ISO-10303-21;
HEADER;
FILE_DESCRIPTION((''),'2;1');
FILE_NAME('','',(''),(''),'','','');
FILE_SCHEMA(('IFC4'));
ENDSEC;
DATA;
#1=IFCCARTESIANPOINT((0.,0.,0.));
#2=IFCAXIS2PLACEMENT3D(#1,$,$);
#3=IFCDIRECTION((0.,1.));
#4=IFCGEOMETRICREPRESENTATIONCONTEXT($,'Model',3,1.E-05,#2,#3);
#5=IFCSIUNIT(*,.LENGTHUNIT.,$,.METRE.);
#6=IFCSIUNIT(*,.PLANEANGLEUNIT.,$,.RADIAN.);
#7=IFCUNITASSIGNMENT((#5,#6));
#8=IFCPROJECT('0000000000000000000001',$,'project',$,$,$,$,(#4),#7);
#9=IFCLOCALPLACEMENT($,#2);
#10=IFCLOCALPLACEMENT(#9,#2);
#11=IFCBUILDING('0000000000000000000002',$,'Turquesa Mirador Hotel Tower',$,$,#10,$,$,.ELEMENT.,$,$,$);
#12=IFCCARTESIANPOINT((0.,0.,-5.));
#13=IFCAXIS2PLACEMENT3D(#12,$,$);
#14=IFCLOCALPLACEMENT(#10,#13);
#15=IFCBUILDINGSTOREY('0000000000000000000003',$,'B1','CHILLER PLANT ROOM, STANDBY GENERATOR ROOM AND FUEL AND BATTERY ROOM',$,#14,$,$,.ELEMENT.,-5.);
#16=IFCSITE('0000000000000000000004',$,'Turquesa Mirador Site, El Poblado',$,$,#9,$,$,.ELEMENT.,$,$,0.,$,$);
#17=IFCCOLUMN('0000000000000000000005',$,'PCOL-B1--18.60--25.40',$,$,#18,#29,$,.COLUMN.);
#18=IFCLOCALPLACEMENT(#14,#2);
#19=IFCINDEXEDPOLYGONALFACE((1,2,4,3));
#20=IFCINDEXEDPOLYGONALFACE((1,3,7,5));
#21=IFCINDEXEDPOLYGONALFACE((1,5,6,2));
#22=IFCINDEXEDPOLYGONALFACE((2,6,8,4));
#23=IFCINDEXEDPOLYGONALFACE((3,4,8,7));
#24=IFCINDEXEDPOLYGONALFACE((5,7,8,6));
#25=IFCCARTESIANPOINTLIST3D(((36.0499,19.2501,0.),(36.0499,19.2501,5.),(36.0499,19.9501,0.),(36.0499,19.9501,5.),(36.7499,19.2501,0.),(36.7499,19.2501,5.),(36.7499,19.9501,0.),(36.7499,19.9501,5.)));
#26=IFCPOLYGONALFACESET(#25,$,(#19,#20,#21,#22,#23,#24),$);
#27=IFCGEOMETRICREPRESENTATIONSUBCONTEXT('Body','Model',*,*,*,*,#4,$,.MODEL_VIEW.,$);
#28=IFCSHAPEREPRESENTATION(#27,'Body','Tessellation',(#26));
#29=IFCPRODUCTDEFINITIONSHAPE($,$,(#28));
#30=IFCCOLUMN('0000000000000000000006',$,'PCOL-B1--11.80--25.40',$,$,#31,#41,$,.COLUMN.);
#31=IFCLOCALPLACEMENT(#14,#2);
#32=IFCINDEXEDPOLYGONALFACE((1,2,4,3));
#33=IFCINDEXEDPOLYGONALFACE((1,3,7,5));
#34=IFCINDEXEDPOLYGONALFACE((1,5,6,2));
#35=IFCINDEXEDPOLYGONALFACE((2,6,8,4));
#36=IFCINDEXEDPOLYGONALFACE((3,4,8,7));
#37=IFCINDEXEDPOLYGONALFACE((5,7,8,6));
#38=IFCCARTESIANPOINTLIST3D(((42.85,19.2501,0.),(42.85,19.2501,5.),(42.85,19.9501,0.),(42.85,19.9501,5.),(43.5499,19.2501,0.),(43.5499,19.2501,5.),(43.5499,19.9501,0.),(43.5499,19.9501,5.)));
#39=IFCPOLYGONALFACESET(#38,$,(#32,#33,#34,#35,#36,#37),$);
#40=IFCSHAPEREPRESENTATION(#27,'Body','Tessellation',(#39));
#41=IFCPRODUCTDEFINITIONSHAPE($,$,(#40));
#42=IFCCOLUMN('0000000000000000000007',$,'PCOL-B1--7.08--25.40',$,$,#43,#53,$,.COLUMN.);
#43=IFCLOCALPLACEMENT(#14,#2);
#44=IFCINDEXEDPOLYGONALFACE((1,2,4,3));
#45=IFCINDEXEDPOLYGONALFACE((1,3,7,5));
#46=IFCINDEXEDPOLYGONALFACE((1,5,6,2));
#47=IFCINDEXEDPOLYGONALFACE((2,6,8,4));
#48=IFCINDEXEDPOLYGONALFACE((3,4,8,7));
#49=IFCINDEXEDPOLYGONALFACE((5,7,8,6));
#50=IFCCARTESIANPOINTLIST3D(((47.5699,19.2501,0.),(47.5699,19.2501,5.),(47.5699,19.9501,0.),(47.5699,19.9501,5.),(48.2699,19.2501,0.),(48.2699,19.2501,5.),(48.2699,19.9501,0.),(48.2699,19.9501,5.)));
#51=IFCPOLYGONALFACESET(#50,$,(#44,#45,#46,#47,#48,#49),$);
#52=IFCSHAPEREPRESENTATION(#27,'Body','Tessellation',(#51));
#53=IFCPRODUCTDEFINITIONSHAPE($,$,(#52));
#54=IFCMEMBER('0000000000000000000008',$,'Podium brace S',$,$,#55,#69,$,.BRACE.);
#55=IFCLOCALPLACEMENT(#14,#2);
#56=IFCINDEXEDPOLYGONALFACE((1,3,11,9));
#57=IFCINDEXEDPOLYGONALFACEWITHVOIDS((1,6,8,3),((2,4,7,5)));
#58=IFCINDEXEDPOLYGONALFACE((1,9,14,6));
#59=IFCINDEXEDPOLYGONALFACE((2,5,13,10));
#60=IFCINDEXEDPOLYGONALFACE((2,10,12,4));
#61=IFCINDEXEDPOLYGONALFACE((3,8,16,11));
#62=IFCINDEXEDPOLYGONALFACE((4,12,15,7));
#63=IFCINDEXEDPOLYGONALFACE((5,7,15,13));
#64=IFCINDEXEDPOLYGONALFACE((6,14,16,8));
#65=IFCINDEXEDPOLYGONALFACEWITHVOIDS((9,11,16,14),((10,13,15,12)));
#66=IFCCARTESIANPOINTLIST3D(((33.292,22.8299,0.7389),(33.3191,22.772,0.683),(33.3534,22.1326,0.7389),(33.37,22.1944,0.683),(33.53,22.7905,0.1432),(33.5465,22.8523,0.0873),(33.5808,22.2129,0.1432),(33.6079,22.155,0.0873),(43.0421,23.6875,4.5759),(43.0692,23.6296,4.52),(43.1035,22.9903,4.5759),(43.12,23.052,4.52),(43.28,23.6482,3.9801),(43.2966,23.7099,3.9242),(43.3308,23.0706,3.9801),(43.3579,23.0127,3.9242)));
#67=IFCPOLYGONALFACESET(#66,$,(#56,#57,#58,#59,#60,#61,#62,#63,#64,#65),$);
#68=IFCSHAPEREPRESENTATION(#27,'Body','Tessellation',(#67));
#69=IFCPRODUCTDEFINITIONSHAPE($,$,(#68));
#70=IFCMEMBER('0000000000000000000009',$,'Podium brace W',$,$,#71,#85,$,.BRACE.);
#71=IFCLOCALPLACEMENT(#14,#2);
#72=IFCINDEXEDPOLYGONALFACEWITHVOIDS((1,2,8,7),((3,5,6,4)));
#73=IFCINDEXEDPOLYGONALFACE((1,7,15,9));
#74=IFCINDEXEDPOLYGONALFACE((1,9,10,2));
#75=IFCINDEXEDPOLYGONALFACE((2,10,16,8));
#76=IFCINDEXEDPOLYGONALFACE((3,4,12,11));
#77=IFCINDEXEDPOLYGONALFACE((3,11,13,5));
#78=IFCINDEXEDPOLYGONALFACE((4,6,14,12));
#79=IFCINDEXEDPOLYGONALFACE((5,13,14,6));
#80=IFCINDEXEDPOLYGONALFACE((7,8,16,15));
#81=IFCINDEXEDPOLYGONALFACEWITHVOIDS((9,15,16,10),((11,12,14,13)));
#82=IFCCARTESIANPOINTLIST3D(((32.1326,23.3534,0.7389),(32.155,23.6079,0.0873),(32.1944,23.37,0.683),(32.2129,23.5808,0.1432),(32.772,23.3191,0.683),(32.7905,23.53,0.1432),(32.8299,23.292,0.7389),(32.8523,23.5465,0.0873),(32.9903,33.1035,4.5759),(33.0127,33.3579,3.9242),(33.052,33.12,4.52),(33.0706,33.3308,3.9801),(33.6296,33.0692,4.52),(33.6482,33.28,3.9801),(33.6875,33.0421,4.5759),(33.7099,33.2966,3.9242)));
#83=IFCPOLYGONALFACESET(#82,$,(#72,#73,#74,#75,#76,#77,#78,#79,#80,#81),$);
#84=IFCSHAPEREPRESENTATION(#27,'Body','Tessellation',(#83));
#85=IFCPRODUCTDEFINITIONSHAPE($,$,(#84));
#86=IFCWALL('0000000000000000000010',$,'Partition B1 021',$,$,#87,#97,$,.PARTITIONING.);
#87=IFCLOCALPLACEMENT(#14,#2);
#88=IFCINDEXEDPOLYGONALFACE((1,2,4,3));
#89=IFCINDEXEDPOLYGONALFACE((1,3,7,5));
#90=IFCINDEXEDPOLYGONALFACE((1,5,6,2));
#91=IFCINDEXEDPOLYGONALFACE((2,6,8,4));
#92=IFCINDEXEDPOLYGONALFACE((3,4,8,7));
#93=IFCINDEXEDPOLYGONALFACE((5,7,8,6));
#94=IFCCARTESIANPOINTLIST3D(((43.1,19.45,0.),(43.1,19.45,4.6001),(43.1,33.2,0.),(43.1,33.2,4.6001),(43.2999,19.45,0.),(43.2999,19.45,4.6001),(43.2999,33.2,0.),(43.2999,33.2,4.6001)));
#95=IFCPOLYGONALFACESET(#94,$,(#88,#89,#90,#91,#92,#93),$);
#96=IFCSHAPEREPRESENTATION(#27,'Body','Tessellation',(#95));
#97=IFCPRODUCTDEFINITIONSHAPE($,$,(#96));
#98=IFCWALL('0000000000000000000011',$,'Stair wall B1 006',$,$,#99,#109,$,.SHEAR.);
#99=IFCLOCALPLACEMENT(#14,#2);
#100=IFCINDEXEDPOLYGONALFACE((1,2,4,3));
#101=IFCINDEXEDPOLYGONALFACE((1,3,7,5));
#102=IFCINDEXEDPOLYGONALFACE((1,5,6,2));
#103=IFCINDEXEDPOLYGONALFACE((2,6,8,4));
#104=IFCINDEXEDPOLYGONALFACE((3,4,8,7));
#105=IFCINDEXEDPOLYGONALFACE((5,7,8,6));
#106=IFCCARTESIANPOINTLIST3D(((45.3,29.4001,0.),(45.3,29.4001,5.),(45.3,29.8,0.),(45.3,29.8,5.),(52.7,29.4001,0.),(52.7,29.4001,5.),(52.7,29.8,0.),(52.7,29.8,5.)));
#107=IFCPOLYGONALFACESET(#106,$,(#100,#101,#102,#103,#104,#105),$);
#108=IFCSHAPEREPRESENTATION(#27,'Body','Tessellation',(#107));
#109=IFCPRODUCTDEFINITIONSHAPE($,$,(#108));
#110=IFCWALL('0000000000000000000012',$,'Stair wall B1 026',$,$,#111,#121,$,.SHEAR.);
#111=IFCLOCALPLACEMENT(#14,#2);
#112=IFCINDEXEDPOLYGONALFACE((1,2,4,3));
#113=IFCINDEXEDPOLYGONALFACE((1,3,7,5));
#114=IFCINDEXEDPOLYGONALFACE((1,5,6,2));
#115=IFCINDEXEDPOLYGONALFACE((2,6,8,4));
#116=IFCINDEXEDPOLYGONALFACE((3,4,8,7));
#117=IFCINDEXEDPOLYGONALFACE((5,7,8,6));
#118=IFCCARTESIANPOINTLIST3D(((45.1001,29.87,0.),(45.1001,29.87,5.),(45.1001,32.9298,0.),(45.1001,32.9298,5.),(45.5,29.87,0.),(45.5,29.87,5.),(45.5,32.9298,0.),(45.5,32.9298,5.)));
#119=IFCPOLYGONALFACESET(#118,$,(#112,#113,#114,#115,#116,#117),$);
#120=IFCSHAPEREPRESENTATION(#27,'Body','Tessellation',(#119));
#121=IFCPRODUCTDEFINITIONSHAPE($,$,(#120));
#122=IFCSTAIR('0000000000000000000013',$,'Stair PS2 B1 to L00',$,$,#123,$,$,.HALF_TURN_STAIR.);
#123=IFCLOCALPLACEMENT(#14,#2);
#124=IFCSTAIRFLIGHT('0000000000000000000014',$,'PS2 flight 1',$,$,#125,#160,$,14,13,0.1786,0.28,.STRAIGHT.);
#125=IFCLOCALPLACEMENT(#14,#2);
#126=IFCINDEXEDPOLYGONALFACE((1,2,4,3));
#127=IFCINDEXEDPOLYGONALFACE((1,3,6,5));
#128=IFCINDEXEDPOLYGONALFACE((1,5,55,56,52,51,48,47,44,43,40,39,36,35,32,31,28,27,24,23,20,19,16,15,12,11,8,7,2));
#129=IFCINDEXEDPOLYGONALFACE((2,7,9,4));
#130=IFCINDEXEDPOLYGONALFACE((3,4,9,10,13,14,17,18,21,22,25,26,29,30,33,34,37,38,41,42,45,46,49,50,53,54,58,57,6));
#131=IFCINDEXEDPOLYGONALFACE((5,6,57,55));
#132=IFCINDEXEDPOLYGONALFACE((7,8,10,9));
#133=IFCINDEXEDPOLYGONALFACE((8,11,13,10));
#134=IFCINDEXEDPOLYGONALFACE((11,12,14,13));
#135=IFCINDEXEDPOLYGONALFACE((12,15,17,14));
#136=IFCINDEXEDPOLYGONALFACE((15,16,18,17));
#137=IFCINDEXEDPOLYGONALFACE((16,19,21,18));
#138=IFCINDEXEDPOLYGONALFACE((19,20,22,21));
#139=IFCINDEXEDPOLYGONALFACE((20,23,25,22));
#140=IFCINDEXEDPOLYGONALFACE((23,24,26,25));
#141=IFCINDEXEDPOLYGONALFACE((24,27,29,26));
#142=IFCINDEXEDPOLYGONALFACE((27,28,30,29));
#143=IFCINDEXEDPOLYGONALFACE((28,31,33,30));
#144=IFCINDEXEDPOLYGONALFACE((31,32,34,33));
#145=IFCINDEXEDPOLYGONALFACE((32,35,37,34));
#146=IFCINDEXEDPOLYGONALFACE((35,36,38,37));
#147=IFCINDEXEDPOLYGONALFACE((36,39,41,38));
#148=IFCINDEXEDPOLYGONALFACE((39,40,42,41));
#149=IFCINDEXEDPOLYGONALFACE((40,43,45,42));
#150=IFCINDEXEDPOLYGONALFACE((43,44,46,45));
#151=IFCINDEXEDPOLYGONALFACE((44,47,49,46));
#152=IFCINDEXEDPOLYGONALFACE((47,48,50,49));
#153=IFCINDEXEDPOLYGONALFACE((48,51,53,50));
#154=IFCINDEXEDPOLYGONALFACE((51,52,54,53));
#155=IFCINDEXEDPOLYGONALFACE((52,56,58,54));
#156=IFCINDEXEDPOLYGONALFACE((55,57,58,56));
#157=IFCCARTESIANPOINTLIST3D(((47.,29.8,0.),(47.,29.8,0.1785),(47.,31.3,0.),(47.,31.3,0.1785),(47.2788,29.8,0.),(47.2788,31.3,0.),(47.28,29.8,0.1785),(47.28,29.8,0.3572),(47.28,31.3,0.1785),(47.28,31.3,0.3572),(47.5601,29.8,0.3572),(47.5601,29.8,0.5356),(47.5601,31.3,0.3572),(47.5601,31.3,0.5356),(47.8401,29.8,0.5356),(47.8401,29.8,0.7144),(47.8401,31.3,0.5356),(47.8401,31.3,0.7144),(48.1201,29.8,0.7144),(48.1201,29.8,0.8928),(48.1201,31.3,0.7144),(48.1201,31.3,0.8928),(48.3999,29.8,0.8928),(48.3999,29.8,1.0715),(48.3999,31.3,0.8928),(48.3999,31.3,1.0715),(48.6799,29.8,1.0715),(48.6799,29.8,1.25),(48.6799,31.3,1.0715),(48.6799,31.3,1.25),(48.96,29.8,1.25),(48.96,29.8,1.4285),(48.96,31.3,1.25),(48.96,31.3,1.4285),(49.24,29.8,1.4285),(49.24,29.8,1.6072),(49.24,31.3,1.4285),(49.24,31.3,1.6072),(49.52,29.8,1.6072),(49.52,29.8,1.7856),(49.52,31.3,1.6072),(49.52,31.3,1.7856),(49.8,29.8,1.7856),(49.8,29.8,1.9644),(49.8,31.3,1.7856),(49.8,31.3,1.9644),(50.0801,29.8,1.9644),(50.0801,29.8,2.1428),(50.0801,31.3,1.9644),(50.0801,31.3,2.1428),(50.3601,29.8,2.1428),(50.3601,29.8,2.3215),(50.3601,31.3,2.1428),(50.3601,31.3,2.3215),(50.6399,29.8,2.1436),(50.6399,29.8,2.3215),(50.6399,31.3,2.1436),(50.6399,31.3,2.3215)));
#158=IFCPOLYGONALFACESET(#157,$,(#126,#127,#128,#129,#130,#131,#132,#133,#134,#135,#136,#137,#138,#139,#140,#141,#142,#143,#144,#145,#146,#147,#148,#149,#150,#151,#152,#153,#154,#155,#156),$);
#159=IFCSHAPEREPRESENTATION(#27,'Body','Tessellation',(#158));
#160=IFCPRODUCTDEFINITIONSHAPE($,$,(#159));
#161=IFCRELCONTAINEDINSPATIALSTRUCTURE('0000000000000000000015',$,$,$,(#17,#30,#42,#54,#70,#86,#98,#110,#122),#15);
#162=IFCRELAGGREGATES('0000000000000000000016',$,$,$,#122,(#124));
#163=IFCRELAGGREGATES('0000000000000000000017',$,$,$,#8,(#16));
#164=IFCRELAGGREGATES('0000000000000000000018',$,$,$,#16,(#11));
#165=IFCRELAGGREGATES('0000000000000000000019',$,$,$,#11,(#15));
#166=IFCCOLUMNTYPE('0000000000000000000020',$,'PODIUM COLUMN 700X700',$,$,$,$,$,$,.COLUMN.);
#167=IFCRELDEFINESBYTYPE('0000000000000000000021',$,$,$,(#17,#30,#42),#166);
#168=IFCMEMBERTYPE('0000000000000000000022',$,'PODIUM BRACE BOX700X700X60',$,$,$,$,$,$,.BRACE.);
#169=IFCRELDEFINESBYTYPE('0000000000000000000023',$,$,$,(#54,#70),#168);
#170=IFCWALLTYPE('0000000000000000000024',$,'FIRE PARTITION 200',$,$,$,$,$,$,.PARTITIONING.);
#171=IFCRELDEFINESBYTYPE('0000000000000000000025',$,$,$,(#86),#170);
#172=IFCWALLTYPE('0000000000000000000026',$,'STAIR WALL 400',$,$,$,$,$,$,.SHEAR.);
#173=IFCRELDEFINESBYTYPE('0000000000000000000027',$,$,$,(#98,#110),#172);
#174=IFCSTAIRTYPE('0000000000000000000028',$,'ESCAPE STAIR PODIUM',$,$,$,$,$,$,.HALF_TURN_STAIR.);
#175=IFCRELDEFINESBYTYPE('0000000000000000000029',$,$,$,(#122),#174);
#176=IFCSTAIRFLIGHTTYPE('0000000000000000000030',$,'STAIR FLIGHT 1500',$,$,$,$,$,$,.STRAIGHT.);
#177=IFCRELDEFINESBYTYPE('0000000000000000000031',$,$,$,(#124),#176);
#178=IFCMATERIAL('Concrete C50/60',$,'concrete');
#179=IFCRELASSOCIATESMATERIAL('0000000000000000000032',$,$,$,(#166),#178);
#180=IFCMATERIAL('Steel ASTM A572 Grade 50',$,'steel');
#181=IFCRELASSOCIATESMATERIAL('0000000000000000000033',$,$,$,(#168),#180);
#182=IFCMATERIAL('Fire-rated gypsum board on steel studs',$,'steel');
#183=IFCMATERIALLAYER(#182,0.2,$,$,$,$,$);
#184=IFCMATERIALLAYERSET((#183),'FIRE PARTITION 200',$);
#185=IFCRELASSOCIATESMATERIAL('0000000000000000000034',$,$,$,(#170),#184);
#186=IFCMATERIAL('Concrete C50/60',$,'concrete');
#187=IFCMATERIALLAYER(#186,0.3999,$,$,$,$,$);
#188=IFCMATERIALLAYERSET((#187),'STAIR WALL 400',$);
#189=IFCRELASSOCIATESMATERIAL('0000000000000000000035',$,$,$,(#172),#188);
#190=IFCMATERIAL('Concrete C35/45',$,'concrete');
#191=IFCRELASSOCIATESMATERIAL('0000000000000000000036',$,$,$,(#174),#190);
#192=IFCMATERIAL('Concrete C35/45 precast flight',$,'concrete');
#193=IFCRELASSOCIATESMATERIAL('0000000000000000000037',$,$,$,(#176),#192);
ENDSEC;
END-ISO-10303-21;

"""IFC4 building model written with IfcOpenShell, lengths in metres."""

from ifc_helpers import new_model, si_unit, direction, frame, frame_2d, origin, origin_2d, place, context, subcontext, project, spatial, polyline, rectangle, hollow_rectangle, outline, extrude, material, layer, layer_set, material_profile, profile_set, type_object, element, aggregate, save


model = new_model("IFC4")

# Units and contexts
model_context = context("Model", 3, precision=1e-05, world=origin(), true_north=direction((0.0, 1.0)))
body_context = subcontext(model_context, "Body", "Model", "MODEL_VIEW")
ifc_project = project(units=[si_unit("LENGTHUNIT", "METRE"), si_unit("PLANEANGLEUNIT", "RADIAN")], contexts=[model_context])

# Site, building, storey
site_placement = place(None, origin())
site = spatial("IfcSite", under=ifc_project, at=site_placement, Name="Turquesa Mirador Site, El Poblado", CompositionType="ELEMENT", RefElevation=0.0)
building_placement = place(site_placement, origin())
building = spatial("IfcBuilding", under=site, at=building_placement, Name="Turquesa Mirador Hotel Tower", CompositionType="ELEMENT")
storey_placement = place(building_placement, frame((0.0, 0.0, -5.0)))
storey = spatial("IfcBuildingStorey", under=building, at=storey_placement, Name="B1", Description="CHILLER PLANT ROOM, STANDBY GENERATOR ROOM AND FUEL AND BATTERY ROOM", CompositionType="ELEMENT", Elevation=-5.0)

# Columns
ifc_material_1 = material(Name="Concrete C50/60", Category="concrete")
ifc_material_profile_1 = material_profile(ifc_material_1, rectangle(XDim=0.7, YDim=0.7, at=origin_2d()), Name="RC 700X700")
ifc_profile_set_1 = profile_set([ifc_material_profile_1], Name="Concrete C50/60")
column_type_1 = type_object("IfcColumnType", Name="PODIUM COLUMN 700X700", PredefinedType="COLUMN", material=ifc_profile_set_1)
for number, where, z_axis, x_axis, name in (
    (1, (36.3999, 19.6001, 0.0), (0.0, 0.0, 1.0), (1.0, 0.0, 0.0), "PCOL-B1--18.60--25.40"),
    (2, (43.2, 19.6001, 0.0), (0.0, 0.0, 1.0), (1.0, 0.0, 0.0), "PCOL-B1--11.80--25.40"),
    (3, (47.9199, 19.6001, 0.0), (0.0, 0.0, 1.0), (1.0, 0.0, 0.0), "PCOL-B1--7.08--25.40"),
):
    element("IfcColumn", number, at=place(storey_placement, frame(where, z_axis=z_axis, x_axis=x_axis)), inside=storey, type_object=column_type_1, Name=name, PredefinedType="COLUMN", context=body_context, shape_type="SweptSolid", body=[
        extrude(rectangle(XDim=0.7, YDim=0.7, at=origin_2d()), origin(), (0.0, 0.0, 1.0), 5.0),
    ])

# Members
ifc_material_2 = material(Name="Steel ASTM A572 Grade 50", Category="steel")
ifc_material_profile_2 = material_profile(ifc_material_2, hollow_rectangle(XDim=0.7, YDim=0.7, WallThickness=0.0601, at=origin_2d()), Name="BOX700X700X60")
ifc_profile_set_2 = profile_set([ifc_material_profile_2], Name="Steel ASTM A572 Grade 50")
member_type = type_object("IfcMemberType", Name="PODIUM BRACE BOX700X700X60", PredefinedType="BRACE", material=ifc_profile_set_2)
for number, where, z_axis, x_axis, name in (
    (4, (33.45, 22.4924, 0.4131), (0.927436, 0.081583, 0.364974), (-0.087627, 0.996153, 0.0), "Podium brace S"),
    (5, (32.4924, 23.45, 0.4131), (0.081583, 0.927436, 0.364974), (-0.996153, 0.087627, 0.0), "Podium brace W"),
):
    element("IfcMember", number, at=place(storey_placement, frame(where, z_axis=z_axis, x_axis=x_axis)), inside=storey, type_object=member_type, Name=name, PredefinedType="BRACE", context=body_context, shape_type="SweptSolid", body=[
        extrude(hollow_rectangle(XDim=0.7, YDim=0.7, WallThickness=0.0601, at=origin_2d()), origin(), (0.0, 0.0, 1.0), 10.5129),
    ])

# Walls
ifc_material_3 = material(Name="Fire-rated gypsum board on steel studs", Category="steel")
ifc_layer_1 = layer(ifc_material_3, 0.2)
ifc_layer_set_1 = layer_set([ifc_layer_1], Name="FIRE PARTITION 200")
wall_type_1 = type_object("IfcWallType", Name="FIRE PARTITION 200", PredefinedType="PARTITIONING", material=ifc_layer_set_1)
wall_1_placement = place(storey_placement, frame((43.2, 19.45, 0.0), z_axis=(0.0, 0.0, 1.0), x_axis=(0.0, 1.0, 0.0)))
element("IfcWall", 6, at=wall_1_placement, inside=storey, type_object=wall_type_1, Name="Partition B1 021", PredefinedType="PARTITIONING", context=body_context, shape_type="SweptSolid", body=[
    extrude(rectangle(XDim=13.75, YDim=0.2, at=frame_2d((6.875, 0.0))), origin(), (0.0, 0.0, 1.0), 4.6001),
])
ifc_material_4 = material(Name="Concrete C50/60", Category="concrete")
ifc_layer_2 = layer(ifc_material_4, 0.3999)
ifc_layer_set_2 = layer_set([ifc_layer_2], Name="STAIR WALL 400")
wall_type_2 = type_object("IfcWallType", Name="STAIR WALL 400", PredefinedType="SHEAR", material=ifc_layer_set_2)
wall_2_placement = place(storey_placement, frame((45.3, 29.6001, 0.0), z_axis=(0.0, 0.0, 1.0), x_axis=(1.0, 0.0, 0.0)))
element("IfcWall", 7, at=wall_2_placement, inside=storey, type_object=wall_type_2, Name="Stair wall B1 006", PredefinedType="SHEAR", context=body_context, shape_type="SweptSolid", body=[
    extrude(rectangle(XDim=7.3999, YDim=0.3999, at=frame_2d((3.7, 0.0))), origin(), (0.0, 0.0, 1.0), 5.0),
])
wall_3_placement = place(storey_placement, frame((45.3, 29.8701, 0.0), z_axis=(0.0, 0.0, 1.0), x_axis=(0.0, 1.0, 0.0)))
element("IfcWall", 8, at=wall_3_placement, inside=storey, type_object=wall_type_2, Name="Stair wall B1 026", PredefinedType="SHEAR", context=body_context, shape_type="SweptSolid", body=[
    extrude(rectangle(XDim=3.0598, YDim=0.3999, at=frame_2d((1.5298, 0.0))), origin(), (0.0, 0.0, 1.0), 5.0),
])

# Stair, stair flight
ifc_material_5 = material(Name="Concrete C35/45", Category="concrete")
stair_type = type_object("IfcStairType", Name="ESCAPE STAIR PODIUM", PredefinedType="HALF_TURN_STAIR", material=ifc_material_5)
stair_placement = place(storey_placement, origin())
stair = element("IfcStair", 9, at=stair_placement, inside=storey, type_object=stair_type, Name="Stair PS2 B1 to L00", PredefinedType="HALF_TURN_STAIR")
ifc_material_6 = material(Name="Concrete C35/45 precast flight", Category="concrete")
stair_flight_type = type_object("IfcStairFlightType", Name="STAIR FLIGHT 1500", PredefinedType="STRAIGHT", material=ifc_material_6)
stair_flight_1_placement = place(storey_placement, frame((47.0, 30.55, 0.0), z_axis=(0.0, 0.0, 1.0), x_axis=(1.0, 0.0, 0.0)))
stair_flight_1 = element("IfcStairFlight", 10, at=stair_flight_1_placement, type_object=stair_flight_type, Name="PS2 flight 1", NumberOfRisers=14, NumberOfTreads=13, PredefinedType="STRAIGHT", RiserHeight=0.1786, TreadLength=0.28, context=body_context, shape_type="SweptSolid", body=[
    extrude(outline(polyline([(0.0, 0.0), (0.0, 0.1785), (0.28, 0.1785), (0.28, 0.3572), (0.5601, 0.3572), (0.5601, 0.5356), (0.8401, 0.5356), (0.8401, 0.7144), (1.1201, 0.7144), (1.1201, 0.8928), (1.3999, 0.8928), (1.3999, 1.0715), (1.6799, 1.0715), (1.6799, 1.25), (1.96, 1.25), (1.96, 1.4285), (2.24, 1.4285), (2.24, 1.6072), (2.52, 1.6072), (2.52, 1.7856), (2.8, 1.7856), (2.8, 1.9644), (3.0801, 1.9644), (3.0801, 2.1428), (3.3601, 2.1428), (3.3601, 2.3215), (3.6399, 2.3215), (3.6399, 2.5), (3.6399, 2.1436), (0.2788, 0.0), (0.0, 0.0)])), frame((0.0, 0.75, 0.0), z_axis=(0.0, -1.0, 0.0), x_axis=(1.0, 0.0, 0.0)), (0.0, 0.0, 1.0), 1.5),
])
aggregate(stair, [stair_flight_1])

save(model, "model.ifc")
